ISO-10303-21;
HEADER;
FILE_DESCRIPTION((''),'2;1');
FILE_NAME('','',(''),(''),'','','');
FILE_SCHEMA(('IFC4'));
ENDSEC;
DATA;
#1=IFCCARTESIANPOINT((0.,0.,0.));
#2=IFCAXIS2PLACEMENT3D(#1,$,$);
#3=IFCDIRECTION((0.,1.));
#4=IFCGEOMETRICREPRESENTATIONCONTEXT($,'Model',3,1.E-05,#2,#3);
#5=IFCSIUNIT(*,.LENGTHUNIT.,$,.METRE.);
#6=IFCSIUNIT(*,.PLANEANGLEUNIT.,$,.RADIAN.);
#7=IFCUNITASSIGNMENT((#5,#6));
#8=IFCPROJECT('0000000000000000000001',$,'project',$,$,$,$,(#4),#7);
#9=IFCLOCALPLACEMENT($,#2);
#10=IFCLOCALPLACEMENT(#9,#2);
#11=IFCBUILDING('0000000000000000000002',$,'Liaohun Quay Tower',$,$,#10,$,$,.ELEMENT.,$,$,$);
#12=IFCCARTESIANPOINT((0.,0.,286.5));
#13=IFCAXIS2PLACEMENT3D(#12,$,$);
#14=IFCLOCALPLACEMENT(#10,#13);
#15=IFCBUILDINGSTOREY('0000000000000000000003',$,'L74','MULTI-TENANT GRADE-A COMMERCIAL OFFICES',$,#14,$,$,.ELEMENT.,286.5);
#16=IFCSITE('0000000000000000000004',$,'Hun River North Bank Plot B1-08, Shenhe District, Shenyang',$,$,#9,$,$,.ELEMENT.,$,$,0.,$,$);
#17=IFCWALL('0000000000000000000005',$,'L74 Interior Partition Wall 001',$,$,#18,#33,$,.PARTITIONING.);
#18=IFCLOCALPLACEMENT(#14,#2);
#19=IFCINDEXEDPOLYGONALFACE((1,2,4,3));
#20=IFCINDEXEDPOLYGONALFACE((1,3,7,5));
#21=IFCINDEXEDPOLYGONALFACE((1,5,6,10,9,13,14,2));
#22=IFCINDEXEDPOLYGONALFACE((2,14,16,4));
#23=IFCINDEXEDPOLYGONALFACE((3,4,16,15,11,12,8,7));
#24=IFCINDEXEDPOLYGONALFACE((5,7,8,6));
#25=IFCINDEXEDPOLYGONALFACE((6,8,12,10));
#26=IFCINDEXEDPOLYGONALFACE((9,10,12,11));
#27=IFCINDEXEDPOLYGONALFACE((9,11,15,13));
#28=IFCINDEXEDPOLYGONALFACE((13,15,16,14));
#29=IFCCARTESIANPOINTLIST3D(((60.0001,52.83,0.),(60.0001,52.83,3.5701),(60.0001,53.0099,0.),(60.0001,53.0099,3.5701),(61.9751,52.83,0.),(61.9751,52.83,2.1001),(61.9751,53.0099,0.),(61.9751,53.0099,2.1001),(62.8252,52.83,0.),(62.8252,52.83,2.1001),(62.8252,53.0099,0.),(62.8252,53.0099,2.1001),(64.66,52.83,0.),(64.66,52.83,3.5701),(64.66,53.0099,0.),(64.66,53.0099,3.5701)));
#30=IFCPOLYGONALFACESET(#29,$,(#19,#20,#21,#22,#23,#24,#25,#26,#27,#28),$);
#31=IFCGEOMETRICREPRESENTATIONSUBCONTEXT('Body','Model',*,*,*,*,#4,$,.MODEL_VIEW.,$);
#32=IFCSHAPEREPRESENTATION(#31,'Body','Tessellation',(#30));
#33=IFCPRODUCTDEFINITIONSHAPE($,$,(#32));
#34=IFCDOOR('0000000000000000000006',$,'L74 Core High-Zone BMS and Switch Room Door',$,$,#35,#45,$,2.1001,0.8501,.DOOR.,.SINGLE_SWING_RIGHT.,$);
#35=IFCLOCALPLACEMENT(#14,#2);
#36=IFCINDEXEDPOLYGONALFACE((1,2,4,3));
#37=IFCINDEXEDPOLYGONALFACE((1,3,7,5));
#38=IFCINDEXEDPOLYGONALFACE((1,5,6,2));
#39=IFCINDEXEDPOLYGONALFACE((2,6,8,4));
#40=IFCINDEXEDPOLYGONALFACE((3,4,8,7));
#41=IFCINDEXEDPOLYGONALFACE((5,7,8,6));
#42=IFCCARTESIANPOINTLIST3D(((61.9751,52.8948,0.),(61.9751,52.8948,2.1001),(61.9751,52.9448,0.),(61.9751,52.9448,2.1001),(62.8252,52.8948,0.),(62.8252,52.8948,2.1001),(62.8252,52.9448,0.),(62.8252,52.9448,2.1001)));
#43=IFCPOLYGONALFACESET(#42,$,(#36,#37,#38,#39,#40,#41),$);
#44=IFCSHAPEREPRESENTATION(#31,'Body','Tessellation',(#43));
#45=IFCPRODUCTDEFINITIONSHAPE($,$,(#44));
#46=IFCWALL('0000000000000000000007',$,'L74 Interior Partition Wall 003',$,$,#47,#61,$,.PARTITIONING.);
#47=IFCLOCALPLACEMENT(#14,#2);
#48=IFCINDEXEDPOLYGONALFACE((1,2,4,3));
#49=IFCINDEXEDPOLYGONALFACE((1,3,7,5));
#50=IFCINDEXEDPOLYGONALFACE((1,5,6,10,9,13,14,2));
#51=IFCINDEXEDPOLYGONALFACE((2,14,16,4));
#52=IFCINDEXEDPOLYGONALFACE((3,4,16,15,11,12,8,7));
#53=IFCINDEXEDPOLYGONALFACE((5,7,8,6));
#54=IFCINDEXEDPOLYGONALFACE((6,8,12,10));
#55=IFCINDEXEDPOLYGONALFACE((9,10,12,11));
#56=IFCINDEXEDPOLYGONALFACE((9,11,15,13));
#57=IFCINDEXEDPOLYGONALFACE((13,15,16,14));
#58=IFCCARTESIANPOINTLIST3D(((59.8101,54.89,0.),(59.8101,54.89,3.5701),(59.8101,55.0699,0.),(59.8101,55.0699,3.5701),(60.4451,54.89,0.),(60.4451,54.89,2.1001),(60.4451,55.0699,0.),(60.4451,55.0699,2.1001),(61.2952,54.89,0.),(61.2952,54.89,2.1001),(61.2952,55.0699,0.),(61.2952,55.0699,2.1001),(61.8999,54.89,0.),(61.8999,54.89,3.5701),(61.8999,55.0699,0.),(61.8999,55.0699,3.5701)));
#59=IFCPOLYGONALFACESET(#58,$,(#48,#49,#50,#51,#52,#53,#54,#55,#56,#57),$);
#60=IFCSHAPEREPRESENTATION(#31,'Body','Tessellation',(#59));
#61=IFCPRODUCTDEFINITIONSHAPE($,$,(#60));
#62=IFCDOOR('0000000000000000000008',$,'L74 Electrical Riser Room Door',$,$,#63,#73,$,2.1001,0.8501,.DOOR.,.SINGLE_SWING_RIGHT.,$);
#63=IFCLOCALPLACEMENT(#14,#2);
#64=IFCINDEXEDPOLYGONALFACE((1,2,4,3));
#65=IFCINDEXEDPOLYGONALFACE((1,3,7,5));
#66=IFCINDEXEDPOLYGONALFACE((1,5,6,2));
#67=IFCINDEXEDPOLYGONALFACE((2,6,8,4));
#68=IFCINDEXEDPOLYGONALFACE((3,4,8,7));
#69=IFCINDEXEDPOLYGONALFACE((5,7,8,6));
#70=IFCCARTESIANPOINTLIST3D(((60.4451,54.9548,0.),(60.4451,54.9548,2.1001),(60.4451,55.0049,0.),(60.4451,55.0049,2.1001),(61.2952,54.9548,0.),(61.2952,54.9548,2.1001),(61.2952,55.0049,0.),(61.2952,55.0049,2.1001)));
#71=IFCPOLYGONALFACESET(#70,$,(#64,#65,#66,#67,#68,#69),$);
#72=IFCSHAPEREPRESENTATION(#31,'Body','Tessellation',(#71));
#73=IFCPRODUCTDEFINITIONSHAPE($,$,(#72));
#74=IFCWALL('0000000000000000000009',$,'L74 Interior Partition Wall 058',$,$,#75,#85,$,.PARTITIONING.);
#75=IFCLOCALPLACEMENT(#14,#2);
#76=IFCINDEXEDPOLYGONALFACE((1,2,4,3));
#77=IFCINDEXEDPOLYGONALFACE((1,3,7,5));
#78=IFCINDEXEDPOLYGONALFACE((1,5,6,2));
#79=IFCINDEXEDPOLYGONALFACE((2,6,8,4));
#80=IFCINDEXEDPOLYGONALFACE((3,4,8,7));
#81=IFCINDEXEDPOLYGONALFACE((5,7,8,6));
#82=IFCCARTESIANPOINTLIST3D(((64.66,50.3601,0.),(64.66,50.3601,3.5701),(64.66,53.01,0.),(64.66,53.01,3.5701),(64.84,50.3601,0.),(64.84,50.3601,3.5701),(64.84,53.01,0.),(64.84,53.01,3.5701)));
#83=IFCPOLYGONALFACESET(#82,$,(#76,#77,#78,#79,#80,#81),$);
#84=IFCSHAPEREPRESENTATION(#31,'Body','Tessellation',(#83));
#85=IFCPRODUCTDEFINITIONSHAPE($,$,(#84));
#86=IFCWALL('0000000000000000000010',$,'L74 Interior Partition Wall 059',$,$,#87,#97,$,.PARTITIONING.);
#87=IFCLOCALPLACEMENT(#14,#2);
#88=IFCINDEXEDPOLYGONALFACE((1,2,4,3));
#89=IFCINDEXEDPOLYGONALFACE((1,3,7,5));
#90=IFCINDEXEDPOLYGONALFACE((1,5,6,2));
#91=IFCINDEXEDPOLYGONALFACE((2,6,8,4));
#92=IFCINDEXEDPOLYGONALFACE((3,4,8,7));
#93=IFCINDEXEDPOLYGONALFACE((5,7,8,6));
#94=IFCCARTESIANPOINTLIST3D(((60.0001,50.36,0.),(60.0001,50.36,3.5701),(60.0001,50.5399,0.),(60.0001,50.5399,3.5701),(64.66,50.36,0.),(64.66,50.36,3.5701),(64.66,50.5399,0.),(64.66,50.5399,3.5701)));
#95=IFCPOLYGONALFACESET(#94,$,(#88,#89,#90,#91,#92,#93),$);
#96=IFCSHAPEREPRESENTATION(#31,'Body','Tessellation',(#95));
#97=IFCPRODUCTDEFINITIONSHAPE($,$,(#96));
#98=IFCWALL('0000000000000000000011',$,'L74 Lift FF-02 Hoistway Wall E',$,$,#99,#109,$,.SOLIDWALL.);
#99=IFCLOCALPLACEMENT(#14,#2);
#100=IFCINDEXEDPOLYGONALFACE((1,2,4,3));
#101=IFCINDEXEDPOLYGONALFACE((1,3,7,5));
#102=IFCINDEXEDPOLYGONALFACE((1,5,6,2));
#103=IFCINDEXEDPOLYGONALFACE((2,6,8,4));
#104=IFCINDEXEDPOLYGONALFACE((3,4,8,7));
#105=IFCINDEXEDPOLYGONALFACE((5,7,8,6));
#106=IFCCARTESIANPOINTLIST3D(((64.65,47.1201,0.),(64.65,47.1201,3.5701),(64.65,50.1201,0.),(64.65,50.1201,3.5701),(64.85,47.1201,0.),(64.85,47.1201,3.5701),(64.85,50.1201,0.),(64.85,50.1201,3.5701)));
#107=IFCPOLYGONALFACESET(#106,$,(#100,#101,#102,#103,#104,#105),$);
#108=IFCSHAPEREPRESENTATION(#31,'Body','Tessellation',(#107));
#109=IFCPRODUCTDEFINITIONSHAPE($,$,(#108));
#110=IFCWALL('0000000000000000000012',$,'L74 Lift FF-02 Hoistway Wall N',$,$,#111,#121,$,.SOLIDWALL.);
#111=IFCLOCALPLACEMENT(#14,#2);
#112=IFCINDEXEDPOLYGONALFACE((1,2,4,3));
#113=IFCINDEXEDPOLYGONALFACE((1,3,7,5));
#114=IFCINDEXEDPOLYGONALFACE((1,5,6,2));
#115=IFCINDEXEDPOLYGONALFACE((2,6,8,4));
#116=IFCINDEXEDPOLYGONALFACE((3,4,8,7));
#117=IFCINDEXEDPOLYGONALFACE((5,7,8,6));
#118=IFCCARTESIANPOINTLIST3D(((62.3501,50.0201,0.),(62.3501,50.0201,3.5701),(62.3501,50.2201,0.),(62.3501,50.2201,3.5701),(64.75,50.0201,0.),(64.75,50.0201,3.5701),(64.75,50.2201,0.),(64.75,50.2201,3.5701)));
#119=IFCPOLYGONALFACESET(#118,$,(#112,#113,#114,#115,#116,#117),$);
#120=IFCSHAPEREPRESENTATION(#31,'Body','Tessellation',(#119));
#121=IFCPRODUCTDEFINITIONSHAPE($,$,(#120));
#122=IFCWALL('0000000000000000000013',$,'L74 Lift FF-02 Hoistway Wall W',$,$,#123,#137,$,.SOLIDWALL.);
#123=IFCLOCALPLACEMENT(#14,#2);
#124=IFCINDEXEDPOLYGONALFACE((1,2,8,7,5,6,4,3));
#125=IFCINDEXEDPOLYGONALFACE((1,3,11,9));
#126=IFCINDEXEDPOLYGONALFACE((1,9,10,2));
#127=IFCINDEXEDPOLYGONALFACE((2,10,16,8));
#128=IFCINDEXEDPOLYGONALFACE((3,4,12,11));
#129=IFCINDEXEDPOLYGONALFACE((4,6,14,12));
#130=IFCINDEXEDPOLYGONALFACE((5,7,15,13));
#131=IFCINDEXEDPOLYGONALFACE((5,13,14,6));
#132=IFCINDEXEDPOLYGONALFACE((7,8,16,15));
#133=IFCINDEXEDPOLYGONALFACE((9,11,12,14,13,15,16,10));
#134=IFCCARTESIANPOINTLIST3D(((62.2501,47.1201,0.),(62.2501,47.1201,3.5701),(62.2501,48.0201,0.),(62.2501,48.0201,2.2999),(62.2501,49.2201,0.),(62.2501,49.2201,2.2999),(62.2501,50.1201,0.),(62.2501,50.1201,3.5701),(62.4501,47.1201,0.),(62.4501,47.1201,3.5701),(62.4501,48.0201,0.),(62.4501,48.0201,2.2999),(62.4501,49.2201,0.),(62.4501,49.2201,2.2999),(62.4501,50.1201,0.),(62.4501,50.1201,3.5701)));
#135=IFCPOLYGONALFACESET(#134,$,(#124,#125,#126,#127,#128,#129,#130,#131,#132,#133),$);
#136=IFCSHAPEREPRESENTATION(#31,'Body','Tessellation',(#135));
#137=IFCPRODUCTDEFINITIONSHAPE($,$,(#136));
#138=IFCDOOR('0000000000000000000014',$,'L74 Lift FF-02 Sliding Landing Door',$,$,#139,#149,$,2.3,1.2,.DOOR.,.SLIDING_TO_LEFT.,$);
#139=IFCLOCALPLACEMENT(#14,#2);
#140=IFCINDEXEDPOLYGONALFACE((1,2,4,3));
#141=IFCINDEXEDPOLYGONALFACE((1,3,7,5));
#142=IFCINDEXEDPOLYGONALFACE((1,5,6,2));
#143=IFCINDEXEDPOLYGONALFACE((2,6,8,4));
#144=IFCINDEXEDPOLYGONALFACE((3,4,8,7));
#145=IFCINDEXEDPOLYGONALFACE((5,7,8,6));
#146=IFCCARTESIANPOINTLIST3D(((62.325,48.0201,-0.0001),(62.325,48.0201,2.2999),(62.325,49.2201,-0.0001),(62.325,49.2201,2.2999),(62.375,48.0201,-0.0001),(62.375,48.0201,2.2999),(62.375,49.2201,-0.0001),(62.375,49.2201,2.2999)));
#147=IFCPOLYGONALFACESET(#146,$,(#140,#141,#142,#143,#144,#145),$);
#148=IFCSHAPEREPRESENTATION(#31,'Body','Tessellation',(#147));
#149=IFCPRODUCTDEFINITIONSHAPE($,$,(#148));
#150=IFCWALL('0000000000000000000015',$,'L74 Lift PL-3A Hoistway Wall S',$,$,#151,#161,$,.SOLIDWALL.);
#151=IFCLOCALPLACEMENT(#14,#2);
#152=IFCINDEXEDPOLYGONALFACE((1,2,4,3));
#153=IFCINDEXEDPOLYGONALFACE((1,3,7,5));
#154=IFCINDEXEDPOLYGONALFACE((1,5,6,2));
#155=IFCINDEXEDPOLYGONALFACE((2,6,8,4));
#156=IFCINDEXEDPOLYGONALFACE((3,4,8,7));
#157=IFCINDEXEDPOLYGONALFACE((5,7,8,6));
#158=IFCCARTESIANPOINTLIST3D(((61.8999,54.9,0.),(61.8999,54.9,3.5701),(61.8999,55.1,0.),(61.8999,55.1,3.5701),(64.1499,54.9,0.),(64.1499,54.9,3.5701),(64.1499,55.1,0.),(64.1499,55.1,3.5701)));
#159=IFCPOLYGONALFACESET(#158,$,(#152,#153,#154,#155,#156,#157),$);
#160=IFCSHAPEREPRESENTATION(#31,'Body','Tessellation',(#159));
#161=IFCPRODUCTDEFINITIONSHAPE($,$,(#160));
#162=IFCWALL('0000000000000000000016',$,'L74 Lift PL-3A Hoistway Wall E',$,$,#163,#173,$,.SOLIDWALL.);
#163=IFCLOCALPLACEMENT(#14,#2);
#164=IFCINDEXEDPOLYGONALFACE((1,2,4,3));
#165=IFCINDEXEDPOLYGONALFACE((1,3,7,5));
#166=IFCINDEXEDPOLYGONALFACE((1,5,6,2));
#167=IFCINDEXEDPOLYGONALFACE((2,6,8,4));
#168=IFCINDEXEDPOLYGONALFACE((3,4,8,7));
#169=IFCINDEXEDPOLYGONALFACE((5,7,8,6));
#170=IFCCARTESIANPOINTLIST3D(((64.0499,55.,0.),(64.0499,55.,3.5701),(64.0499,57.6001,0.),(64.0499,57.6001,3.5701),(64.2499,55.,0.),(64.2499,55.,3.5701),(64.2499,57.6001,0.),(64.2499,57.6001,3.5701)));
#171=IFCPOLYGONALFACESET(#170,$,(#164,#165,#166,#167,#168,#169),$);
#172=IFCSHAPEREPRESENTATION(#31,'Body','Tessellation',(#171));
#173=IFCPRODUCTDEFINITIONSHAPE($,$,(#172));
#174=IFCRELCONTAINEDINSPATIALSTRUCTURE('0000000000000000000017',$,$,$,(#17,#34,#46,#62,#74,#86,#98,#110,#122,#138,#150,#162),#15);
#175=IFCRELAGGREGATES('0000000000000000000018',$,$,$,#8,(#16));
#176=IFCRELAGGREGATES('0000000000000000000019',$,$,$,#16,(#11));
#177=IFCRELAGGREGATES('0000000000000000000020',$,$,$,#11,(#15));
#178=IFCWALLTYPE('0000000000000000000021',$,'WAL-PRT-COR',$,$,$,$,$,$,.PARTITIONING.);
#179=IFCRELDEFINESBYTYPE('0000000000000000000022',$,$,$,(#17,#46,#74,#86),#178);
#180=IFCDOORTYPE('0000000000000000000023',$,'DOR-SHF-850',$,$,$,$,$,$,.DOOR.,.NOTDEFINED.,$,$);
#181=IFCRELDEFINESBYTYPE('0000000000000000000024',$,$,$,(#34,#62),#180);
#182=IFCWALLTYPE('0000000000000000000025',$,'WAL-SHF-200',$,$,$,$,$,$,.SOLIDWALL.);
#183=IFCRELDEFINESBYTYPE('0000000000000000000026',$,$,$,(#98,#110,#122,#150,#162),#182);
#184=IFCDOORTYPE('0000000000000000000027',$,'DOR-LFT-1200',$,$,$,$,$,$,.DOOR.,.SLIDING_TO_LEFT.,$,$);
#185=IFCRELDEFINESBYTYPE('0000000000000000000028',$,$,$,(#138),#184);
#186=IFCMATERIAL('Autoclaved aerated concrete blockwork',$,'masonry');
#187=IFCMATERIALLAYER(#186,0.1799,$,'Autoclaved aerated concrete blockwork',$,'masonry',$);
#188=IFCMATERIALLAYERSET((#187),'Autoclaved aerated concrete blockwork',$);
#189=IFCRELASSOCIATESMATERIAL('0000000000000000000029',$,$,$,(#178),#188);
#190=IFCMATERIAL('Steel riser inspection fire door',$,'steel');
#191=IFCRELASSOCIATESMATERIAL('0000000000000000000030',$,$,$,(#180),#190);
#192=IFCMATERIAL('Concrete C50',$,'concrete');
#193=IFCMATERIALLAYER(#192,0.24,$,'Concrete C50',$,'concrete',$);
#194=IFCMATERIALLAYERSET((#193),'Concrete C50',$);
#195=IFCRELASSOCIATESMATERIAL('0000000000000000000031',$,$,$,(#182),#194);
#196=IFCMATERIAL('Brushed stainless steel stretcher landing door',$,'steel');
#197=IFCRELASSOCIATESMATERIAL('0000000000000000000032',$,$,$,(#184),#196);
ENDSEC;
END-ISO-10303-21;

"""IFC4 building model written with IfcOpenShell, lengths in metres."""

from ifc_helpers import new_model, si_unit, direction, frame, frame_2d, origin, place, context, subcontext, project, spatial, rectangle, extrude, source, transform, mapped, material, layer, layer_set, type_object, element, fill, save


model = new_model("IFC4")

# Units and contexts
model_context = context("Model", 3, precision=1e-05, world=origin(), true_north=direction((0.0, 1.0)))
body_context = subcontext(model_context, "Body", "Model", "MODEL_VIEW")
ifc_project = project(units=[si_unit("LENGTHUNIT", "METRE"), si_unit("PLANEANGLEUNIT", "RADIAN")], contexts=[model_context])

# Site, building, storey
site_placement = place(None, origin())
site = spatial("IfcSite", under=ifc_project, at=site_placement, Name="Hun River North Bank Plot B1-08, Shenhe District, Shenyang", CompositionType="ELEMENT", RefElevation=0.0)
building_placement = place(site_placement, origin())
building = spatial("IfcBuilding", under=site, at=building_placement, Name="Liaohun Quay Tower", CompositionType="ELEMENT")
storey_placement = place(building_placement, frame((0.0, 0.0, 286.5)))
storey = spatial("IfcBuildingStorey", under=building, at=storey_placement, Name="L74", Description="MULTI-TENANT GRADE-A COMMERCIAL OFFICES", CompositionType="ELEMENT", Elevation=286.5)

# Walls, openings, doors
ifc_material_1 = material(Name="Autoclaved aerated concrete blockwork", Category="masonry")
ifc_layer_1 = layer(ifc_material_1, 0.1799, Name="Autoclaved aerated concrete blockwork", Category="masonry")
ifc_layer_set_1 = layer_set([ifc_layer_1], Name="Autoclaved aerated concrete blockwork")
wall_type_1 = type_object("IfcWallType", Name="WAL-PRT-COR", PredefinedType="PARTITIONING", material=ifc_layer_set_1)
wall_1_placement = place(storey_placement, frame((60.0, 52.9199, 0.0), z_axis=(0.0, 0.0, 1.0), x_axis=(1.0, 0.0, 0.0)))
wall_1 = element("IfcWall", 1, at=wall_1_placement, inside=storey, type_object=wall_type_1, Name="L74 Interior Partition Wall 001", PredefinedType="PARTITIONING", context=body_context, shape_type="SweptSolid", body=[
    extrude(rectangle(XDim=4.6599, YDim=0.1799, at=frame_2d((2.3301, 0.0))), origin(), (0.0, 0.0, 1.0), 3.5701),
])
shared_shape_1 = source(origin(), body_context, "Body", "SweptSolid", [
    extrude(rectangle(XDim=0.8501, YDim=2.1001, at=frame_2d((0.425, 1.05))), frame((0.0, 0.0999, 0.0), z_axis=(0.0, -1.0, 0.0), x_axis=(1.0, 0.0, 0.0)), (0.0, 0.0, 1.0), 0.2),
])
opening_1_placement = place(wall_1_placement, frame((1.9751, 0.0, 0.0)))
opening_1 = element("IfcOpeningElement", 2, at=opening_1_placement, cuts=wall_1, PredefinedType="OPENING", context=body_context, shape_type="MappedRepresentation", body=[
    mapped(shared_shape_1, transform((0.0, 0.0, 0.0), x_axis=(1.0, 0.0, 0.0), y_axis=(0.0, 1.0, 0.0), z_axis=(0.0, 0.0, 1.0), scale=1.0)),
])
ifc_material_2 = material(Name="Steel riser inspection fire door", Category="steel")
door_type_1 = type_object("IfcDoorType", Name="DOR-SHF-850", OperationType="NOTDEFINED", PredefinedType="DOOR", material=ifc_material_2)
shared_shape_2 = source(origin(), body_context, "Body", "SweptSolid", [
    extrude(rectangle(XDim=0.8501, YDim=2.1001, at=frame_2d((0.425, 1.05))), frame((0.0, 0.0249, 0.0), z_axis=(0.0, -1.0, 0.0), x_axis=(1.0, 0.0, 0.0)), (0.0, 0.0, 1.0), 0.05),
])
door_1_placement = place(opening_1_placement, origin())
door_1 = element("IfcDoor", 3, at=door_1_placement, inside=storey, type_object=door_type_1, Name="L74 Core High-Zone BMS and Switch Room Door", OperationType="SINGLE_SWING_RIGHT", OverallHeight=2.1001, OverallWidth=0.8501, PredefinedType="DOOR", context=body_context, shape_type="MappedRepresentation", body=[
    mapped(shared_shape_2, transform((0.0, 0.0, 0.0), x_axis=(1.0, 0.0, 0.0), y_axis=(0.0, 1.0, 0.0), z_axis=(0.0, 0.0, 1.0), scale=1.0)),
])
fill(opening_1, door_1)
wall_2_placement = place(storey_placement, frame((59.8101, 54.98, 0.0), z_axis=(0.0, 0.0, 1.0), x_axis=(1.0, 0.0, 0.0)))
wall_2 = element("IfcWall", 4, at=wall_2_placement, inside=storey, type_object=wall_type_1, Name="L74 Interior Partition Wall 003", PredefinedType="PARTITIONING", context=body_context, shape_type="SweptSolid", body=[
    extrude(rectangle(XDim=2.0898, YDim=0.1799, at=frame_2d((1.0449, 0.0))), origin(), (0.0, 0.0, 1.0), 3.5701),
])
opening_2_placement = place(wall_2_placement, frame((0.635, 0.0, 0.0)))
opening_2 = element("IfcOpeningElement", 5, at=opening_2_placement, cuts=wall_2, PredefinedType="OPENING", context=body_context, shape_type="MappedRepresentation", body=[
    mapped(shared_shape_1, transform((0.0, 0.0, 0.0), x_axis=(1.0, 0.0, 0.0), y_axis=(0.0, 1.0, 0.0), z_axis=(0.0, 0.0, 1.0), scale=1.0)),
])
door_2_placement = place(opening_2_placement, origin())
door_2 = element("IfcDoor", 6, at=door_2_placement, inside=storey, type_object=door_type_1, Name="L74 Electrical Riser Room Door", OperationType="SINGLE_SWING_RIGHT", OverallHeight=2.1001, OverallWidth=0.8501, PredefinedType="DOOR", context=body_context, shape_type="MappedRepresentation", body=[
    mapped(shared_shape_2, transform((0.0, 0.0, 0.0), x_axis=(1.0, 0.0, 0.0), y_axis=(0.0, 1.0, 0.0), z_axis=(0.0, 0.0, 1.0), scale=1.0)),
])
fill(opening_2, door_2)

# Walls
wall_3_placement = place(storey_placement, frame((64.75, 50.3601, 0.0), z_axis=(0.0, 0.0, 1.0), x_axis=(0.0, 1.0, 0.0)))
element("IfcWall", 7, at=wall_3_placement, inside=storey, type_object=wall_type_1, Name="L74 Interior Partition Wall 058", PredefinedType="PARTITIONING", context=body_context, shape_type="SweptSolid", body=[
    extrude(rectangle(XDim=2.6499, YDim=0.1799, at=frame_2d((1.325, 0.0))), origin(), (0.0, 0.0, 1.0), 3.5701),
])
wall_4_placement = place(storey_placement, frame((60.0, 50.45, 0.0), z_axis=(0.0, 0.0, 1.0), x_axis=(1.0, 0.0, 0.0)))
element("IfcWall", 8, at=wall_4_placement, inside=storey, type_object=wall_type_1, Name="L74 Interior Partition Wall 059", PredefinedType="PARTITIONING", context=body_context, shape_type="SweptSolid", body=[
    extrude(rectangle(XDim=4.6599, YDim=0.1799, at=frame_2d((2.3301, 0.0))), origin(), (0.0, 0.0, 1.0), 3.5701),
])
ifc_material_3 = material(Name="Concrete C50", Category="concrete")
ifc_layer_2 = layer(ifc_material_3, 0.24, Name="Concrete C50", Category="concrete")
ifc_layer_set_2 = layer_set([ifc_layer_2], Name="Concrete C50")
wall_type_2 = type_object("IfcWallType", Name="WAL-SHF-200", PredefinedType="SOLIDWALL", material=ifc_layer_set_2)
wall_5_placement = place(storey_placement, frame((64.75, 47.1201, 0.0), z_axis=(0.0, 0.0, 1.0), x_axis=(0.0, 1.0, 0.0)))
element("IfcWall", 9, at=wall_5_placement, inside=storey, type_object=wall_type_2, Name="L74 Lift FF-02 Hoistway Wall E", PredefinedType="SOLIDWALL", context=body_context, shape_type="SweptSolid", body=[
    extrude(rectangle(XDim=3.0, YDim=0.2, at=frame_2d((1.5, 0.0))), origin(), (0.0, 0.0, 1.0), 3.5701),
])
wall_6_placement = place(storey_placement, frame((64.75, 50.1201, 0.0), z_axis=(0.0, 0.0, 1.0), x_axis=(-1.0, 0.0, 0.0)))
element("IfcWall", 10, at=wall_6_placement, inside=storey, type_object=wall_type_2, Name="L74 Lift FF-02 Hoistway Wall N", PredefinedType="SOLIDWALL", context=body_context, shape_type="SweptSolid", body=[
    extrude(rectangle(XDim=2.3999, YDim=0.2, at=frame_2d((1.2, 0.0))), origin(), (0.0, 0.0, 1.0), 3.5701),
])

# Wall, opening, door
wall_7_placement = place(storey_placement, frame((62.3501, 50.1201, 0.0), z_axis=(0.0, 0.0, 1.0), x_axis=(0.0, -1.0, 0.0)))
wall_7 = element("IfcWall", 11, at=wall_7_placement, inside=storey, type_object=wall_type_2, Name="L74 Lift FF-02 Hoistway Wall W", PredefinedType="SOLIDWALL", context=body_context, shape_type="SweptSolid", body=[
    extrude(rectangle(XDim=3.0, YDim=0.2, at=frame_2d((1.5, 0.0))), origin(), (0.0, 0.0, 1.0), 3.5701),
])
shared_shape_3 = source(origin(), body_context, "Body", "SweptSolid", [
    extrude(rectangle(XDim=1.2, YDim=2.3, at=frame_2d((0.6001, 1.1499))), frame((0.0, 0.1099, 0.0), z_axis=(0.0, -1.0, 0.0), x_axis=(1.0, 0.0, 0.0)), (0.0, 0.0, 1.0), 0.22),
])
opening_3_placement = place(wall_7_placement, frame((0.8999, 0.0, 0.0)))
opening_3 = element("IfcOpeningElement", 12, at=opening_3_placement, cuts=wall_7, PredefinedType="OPENING", context=body_context, shape_type="MappedRepresentation", body=[
    mapped(shared_shape_3, transform((0.0, 0.0, 0.0), x_axis=(1.0, 0.0, 0.0), y_axis=(0.0, 1.0, 0.0), z_axis=(0.0, 0.0, 1.0), scale=1.0)),
])
ifc_material_4 = material(Name="Brushed stainless steel stretcher landing door", Category="steel")
door_type_2 = type_object("IfcDoorType", Name="DOR-LFT-1200", OperationType="SLIDING_TO_LEFT", PredefinedType="DOOR", material=ifc_material_4)
shared_shape_4 = source(origin(), body_context, "Body", "SweptSolid", [
    extrude(rectangle(XDim=1.2, YDim=2.3, at=frame_2d((0.6001, 1.1499))), frame((0.0, 0.0249, 0.0), z_axis=(0.0, -1.0, 0.0), x_axis=(1.0, 0.0, 0.0)), (0.0, 0.0, 1.0), 0.05),
])
door_3_placement = place(opening_3_placement, origin())
door_3 = element("IfcDoor", 13, at=door_3_placement, inside=storey, type_object=door_type_2, Name="L74 Lift FF-02 Sliding Landing Door", OperationType="SLIDING_TO_LEFT", OverallHeight=2.3, OverallWidth=1.2, PredefinedType="DOOR", context=body_context, shape_type="MappedRepresentation", body=[
    mapped(shared_shape_4, transform((0.0, 0.0, 0.0), x_axis=(1.0, 0.0, 0.0), y_axis=(0.0, 1.0, 0.0), z_axis=(0.0, 0.0, 1.0), scale=1.0)),
])
fill(opening_3, door_3)

# Walls
wall_8_placement = place(storey_placement, frame((61.8999, 55.0, 0.0), z_axis=(0.0, 0.0, 1.0), x_axis=(1.0, 0.0, 0.0)))
element("IfcWall", 14, at=wall_8_placement, inside=storey, type_object=wall_type_2, Name="L74 Lift PL-3A Hoistway Wall S", PredefinedType="SOLIDWALL", context=body_context, shape_type="SweptSolid", body=[
    extrude(rectangle(XDim=2.25, YDim=0.2, at=frame_2d((1.125, 0.0))), origin(), (0.0, 0.0, 1.0), 3.5701),
])
wall_9_placement = place(storey_placement, frame((64.1499, 55.0, 0.0), z_axis=(0.0, 0.0, 1.0), x_axis=(0.0, 1.0, 0.0)))
element("IfcWall", 15, at=wall_9_placement, inside=storey, type_object=wall_type_2, Name="L74 Lift PL-3A Hoistway Wall E", PredefinedType="SOLIDWALL", context=body_context, shape_type="SweptSolid", body=[
    extrude(rectangle(XDim=2.6001, YDim=0.2, at=frame_2d((1.3, 0.0))), origin(), (0.0, 0.0, 1.0), 3.5701),
])

save(model, "model.ifc")
